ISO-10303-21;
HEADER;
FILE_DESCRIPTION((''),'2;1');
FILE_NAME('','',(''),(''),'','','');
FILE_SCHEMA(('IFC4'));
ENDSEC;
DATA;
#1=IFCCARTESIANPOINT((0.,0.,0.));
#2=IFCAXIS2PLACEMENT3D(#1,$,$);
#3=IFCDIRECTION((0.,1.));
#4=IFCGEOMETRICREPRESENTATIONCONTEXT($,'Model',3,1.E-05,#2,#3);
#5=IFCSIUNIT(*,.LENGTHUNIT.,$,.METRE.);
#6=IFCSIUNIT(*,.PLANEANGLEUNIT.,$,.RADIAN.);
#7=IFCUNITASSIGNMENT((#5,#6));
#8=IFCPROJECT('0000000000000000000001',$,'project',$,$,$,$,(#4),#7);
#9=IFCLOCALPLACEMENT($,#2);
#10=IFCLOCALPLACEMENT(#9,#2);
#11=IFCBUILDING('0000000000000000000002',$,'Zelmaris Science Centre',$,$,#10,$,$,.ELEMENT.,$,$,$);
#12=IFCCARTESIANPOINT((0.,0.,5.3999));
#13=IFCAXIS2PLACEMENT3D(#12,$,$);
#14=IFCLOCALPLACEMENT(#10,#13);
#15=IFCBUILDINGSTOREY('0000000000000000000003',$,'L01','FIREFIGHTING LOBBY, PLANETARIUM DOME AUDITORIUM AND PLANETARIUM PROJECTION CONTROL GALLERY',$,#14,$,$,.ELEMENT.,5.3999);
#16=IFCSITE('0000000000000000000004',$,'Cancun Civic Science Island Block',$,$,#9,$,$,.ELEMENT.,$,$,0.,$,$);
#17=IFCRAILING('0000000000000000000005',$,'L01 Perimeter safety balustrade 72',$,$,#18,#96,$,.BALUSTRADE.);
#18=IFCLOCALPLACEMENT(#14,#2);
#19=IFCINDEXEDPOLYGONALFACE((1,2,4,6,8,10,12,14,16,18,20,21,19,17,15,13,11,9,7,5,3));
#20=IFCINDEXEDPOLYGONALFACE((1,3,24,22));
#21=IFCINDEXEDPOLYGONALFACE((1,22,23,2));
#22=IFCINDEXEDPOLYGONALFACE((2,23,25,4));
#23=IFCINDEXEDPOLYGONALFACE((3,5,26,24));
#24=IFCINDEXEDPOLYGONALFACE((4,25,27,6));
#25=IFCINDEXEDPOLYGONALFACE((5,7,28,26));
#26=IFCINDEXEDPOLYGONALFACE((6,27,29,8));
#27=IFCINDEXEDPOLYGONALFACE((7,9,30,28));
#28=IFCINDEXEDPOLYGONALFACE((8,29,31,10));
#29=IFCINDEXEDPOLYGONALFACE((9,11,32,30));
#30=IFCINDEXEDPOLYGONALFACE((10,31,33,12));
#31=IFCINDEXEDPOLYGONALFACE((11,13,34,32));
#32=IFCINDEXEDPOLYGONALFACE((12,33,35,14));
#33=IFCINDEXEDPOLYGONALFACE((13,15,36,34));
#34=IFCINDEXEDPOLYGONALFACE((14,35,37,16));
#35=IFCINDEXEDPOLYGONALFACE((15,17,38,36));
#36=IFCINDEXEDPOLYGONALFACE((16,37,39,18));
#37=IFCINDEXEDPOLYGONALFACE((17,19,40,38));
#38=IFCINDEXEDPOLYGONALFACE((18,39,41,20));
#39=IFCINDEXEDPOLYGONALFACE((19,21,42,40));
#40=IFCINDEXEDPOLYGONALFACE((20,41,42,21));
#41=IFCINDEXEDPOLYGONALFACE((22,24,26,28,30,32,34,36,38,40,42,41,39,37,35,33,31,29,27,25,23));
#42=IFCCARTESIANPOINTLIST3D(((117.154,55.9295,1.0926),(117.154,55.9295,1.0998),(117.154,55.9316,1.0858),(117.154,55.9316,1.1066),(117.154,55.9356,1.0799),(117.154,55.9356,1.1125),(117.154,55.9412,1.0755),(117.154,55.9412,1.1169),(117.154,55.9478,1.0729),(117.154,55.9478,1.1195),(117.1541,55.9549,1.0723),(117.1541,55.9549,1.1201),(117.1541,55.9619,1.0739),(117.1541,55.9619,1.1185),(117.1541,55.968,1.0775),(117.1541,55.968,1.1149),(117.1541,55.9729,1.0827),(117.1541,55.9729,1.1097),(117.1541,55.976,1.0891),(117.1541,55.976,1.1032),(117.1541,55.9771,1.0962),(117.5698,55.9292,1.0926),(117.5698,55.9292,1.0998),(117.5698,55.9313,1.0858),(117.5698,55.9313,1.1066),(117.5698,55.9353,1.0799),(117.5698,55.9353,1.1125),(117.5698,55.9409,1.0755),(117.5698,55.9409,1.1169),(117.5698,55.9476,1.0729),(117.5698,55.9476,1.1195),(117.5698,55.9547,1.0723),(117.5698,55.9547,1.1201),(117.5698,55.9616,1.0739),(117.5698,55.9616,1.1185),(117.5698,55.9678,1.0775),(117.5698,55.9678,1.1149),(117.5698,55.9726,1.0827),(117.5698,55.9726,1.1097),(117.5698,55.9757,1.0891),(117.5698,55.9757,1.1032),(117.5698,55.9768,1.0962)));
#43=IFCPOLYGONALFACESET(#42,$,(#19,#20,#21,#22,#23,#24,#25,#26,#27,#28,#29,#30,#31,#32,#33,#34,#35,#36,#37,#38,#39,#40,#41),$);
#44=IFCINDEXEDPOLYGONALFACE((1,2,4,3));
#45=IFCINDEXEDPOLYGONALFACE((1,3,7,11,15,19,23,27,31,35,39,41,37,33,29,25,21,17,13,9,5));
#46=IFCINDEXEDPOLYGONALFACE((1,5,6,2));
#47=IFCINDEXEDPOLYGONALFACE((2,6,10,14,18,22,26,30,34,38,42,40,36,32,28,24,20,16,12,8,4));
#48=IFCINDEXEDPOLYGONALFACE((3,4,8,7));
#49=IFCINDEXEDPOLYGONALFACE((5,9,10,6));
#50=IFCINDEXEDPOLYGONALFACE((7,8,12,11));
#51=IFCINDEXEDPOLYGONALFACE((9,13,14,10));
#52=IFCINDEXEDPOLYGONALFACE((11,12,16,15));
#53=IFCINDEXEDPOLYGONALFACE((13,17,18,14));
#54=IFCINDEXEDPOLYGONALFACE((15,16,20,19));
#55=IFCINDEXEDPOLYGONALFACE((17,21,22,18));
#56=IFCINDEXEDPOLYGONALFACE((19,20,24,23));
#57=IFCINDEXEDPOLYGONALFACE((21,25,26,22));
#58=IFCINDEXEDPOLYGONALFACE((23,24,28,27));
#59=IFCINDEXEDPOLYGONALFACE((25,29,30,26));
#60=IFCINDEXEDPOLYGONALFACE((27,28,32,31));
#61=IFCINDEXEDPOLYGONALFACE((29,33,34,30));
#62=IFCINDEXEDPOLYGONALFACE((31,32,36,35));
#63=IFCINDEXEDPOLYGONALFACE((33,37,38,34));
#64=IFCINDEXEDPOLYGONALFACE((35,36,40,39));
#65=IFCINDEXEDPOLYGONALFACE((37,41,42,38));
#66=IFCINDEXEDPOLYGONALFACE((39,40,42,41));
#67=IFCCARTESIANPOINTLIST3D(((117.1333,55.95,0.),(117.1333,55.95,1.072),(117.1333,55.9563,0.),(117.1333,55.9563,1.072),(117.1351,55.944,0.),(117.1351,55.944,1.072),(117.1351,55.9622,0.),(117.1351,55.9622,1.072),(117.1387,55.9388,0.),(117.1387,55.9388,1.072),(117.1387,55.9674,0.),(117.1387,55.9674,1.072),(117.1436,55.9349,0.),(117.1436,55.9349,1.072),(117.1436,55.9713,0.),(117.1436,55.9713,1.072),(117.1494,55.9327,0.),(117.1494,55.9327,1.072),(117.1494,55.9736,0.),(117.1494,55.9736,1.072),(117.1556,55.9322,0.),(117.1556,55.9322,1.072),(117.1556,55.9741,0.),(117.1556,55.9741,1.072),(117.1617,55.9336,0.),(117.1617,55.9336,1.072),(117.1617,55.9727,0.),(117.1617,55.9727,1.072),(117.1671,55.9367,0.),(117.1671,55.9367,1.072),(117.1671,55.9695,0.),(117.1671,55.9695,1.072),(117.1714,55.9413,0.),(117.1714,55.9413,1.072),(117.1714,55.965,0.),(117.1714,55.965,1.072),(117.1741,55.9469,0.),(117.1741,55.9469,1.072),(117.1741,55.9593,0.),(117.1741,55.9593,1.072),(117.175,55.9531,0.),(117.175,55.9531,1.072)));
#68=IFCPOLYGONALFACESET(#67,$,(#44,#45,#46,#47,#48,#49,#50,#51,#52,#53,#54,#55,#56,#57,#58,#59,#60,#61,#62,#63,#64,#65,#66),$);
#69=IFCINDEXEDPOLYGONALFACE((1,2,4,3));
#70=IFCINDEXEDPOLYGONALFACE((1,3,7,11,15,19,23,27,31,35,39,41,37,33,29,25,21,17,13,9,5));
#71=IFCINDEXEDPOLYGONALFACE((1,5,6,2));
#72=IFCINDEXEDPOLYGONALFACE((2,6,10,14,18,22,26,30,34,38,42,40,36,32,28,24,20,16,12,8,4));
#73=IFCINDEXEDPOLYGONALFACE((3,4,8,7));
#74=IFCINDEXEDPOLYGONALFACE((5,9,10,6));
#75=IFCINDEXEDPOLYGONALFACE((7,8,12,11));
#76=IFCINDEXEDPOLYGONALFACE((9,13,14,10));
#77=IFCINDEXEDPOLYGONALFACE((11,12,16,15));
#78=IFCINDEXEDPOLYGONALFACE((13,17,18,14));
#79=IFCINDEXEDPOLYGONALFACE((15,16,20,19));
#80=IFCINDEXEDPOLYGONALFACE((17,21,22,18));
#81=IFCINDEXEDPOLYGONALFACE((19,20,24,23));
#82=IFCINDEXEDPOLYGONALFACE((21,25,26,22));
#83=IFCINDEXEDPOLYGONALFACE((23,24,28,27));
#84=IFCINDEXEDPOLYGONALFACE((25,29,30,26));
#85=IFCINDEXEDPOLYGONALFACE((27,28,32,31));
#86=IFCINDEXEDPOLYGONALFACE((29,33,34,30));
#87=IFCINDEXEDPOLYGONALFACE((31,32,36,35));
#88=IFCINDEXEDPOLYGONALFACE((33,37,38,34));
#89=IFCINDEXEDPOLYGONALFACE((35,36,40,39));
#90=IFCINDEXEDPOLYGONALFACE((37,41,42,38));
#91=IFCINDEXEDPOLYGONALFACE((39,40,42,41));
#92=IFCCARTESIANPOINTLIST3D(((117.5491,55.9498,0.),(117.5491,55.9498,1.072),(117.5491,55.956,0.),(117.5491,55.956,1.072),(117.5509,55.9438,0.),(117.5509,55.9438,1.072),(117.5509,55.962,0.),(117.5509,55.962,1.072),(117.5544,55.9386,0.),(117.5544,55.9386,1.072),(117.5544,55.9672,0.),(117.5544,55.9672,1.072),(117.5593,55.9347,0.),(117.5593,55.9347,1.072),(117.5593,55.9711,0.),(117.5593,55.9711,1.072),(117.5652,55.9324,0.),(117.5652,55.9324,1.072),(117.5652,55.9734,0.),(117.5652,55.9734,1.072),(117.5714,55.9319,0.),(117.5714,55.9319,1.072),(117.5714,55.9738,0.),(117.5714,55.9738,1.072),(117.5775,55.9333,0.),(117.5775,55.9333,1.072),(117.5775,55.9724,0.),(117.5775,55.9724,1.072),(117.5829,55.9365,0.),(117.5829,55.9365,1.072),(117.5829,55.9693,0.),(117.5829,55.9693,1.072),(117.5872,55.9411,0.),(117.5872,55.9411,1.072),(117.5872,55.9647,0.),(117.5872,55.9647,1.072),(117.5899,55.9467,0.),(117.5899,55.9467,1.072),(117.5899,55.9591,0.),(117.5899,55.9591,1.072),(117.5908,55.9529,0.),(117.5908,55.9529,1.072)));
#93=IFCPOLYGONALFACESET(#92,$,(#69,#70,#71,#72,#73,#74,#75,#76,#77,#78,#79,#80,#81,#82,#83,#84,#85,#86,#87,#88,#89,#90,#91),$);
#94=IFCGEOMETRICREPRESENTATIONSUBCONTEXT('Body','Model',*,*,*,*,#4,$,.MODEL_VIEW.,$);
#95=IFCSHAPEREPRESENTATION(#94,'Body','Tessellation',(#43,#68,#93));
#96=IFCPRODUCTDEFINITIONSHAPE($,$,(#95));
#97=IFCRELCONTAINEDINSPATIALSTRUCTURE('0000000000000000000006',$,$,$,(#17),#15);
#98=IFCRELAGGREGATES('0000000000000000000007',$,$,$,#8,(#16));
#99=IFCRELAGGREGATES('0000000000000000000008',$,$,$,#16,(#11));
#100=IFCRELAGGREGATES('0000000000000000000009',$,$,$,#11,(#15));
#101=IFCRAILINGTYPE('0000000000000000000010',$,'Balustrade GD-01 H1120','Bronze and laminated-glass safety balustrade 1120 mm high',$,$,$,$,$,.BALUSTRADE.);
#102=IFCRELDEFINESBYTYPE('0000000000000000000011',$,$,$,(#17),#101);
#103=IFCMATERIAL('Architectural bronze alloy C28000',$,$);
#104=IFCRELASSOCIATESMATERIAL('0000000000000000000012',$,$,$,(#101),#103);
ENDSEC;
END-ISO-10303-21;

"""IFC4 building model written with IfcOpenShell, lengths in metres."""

from ifc_helpers import new_model, si_unit, direction, frame, origin, origin_2d, place, context, subcontext, project, spatial, circle, extrude, material, type_object, element, save


model = new_model("IFC4")

# Units and contexts
model_context = context("Model", 3, precision=1e-05, world=origin(), true_north=direction((0.0, 1.0)))
body_context = subcontext(model_context, "Body", "Model", "MODEL_VIEW")
ifc_project = project(units=[si_unit("LENGTHUNIT", "METRE"), si_unit("PLANEANGLEUNIT", "RADIAN")], contexts=[model_context])

# Site, building, storey
site_placement = place(None, origin())
site = spatial("IfcSite", under=ifc_project, at=site_placement, Name="Cancun Civic Science Island Block", CompositionType="ELEMENT", RefElevation=0.0)
building_placement = place(site_placement, origin())
building = spatial("IfcBuilding", under=site, at=building_placement, Name="Zelmaris Science Centre", CompositionType="ELEMENT")
storey_placement = place(building_placement, frame((0.0, 0.0, 5.3999)))
storey = spatial("IfcBuildingStorey", under=building, at=storey_placement, Name="L01", Description="FIREFIGHTING LOBBY, PLANETARIUM DOME AUDITORIUM AND PLANETARIUM PROJECTION CONTROL GALLERY", CompositionType="ELEMENT", Elevation=5.3999)

# Railing
ifc_material_1 = material(Name="Architectural bronze alloy C28000")
railing_type = type_object("IfcRailingType", Name="Balustrade GD-01 H1120", Description="Bronze and laminated-glass safety balustrade 1120 mm high", PredefinedType="BALUSTRADE", material=ifc_material_1)
railing_placement = place(storey_placement, frame((117.1541, 55.9531, 0.0)))
element("IfcRailing", 1, at=railing_placement, inside=storey, type_object=railing_type, Name="L01 Perimeter safety balustrade 72", PredefinedType="BALUSTRADE", context=body_context, shape_type="SweptSolid", body=[
    extrude(circle(Radius=0.0239, at=origin_2d()), frame((0.0, 0.0, 1.0962), z_axis=(1.0, -0.000587, 0.0), x_axis=(0.000587, 1.0, 0.0)), (0.0, 0.0, 1.0), 0.4158),
    extrude(circle(Radius=0.021, at=origin_2d()), origin(), (0.0, 0.0, 1.0), 1.072),
    extrude(circle(Radius=0.021, at=origin_2d()), frame((0.4158, -0.0002, 0.0)), (0.0, 0.0, 1.0), 1.072),
])

save(model, "model.ifc")
